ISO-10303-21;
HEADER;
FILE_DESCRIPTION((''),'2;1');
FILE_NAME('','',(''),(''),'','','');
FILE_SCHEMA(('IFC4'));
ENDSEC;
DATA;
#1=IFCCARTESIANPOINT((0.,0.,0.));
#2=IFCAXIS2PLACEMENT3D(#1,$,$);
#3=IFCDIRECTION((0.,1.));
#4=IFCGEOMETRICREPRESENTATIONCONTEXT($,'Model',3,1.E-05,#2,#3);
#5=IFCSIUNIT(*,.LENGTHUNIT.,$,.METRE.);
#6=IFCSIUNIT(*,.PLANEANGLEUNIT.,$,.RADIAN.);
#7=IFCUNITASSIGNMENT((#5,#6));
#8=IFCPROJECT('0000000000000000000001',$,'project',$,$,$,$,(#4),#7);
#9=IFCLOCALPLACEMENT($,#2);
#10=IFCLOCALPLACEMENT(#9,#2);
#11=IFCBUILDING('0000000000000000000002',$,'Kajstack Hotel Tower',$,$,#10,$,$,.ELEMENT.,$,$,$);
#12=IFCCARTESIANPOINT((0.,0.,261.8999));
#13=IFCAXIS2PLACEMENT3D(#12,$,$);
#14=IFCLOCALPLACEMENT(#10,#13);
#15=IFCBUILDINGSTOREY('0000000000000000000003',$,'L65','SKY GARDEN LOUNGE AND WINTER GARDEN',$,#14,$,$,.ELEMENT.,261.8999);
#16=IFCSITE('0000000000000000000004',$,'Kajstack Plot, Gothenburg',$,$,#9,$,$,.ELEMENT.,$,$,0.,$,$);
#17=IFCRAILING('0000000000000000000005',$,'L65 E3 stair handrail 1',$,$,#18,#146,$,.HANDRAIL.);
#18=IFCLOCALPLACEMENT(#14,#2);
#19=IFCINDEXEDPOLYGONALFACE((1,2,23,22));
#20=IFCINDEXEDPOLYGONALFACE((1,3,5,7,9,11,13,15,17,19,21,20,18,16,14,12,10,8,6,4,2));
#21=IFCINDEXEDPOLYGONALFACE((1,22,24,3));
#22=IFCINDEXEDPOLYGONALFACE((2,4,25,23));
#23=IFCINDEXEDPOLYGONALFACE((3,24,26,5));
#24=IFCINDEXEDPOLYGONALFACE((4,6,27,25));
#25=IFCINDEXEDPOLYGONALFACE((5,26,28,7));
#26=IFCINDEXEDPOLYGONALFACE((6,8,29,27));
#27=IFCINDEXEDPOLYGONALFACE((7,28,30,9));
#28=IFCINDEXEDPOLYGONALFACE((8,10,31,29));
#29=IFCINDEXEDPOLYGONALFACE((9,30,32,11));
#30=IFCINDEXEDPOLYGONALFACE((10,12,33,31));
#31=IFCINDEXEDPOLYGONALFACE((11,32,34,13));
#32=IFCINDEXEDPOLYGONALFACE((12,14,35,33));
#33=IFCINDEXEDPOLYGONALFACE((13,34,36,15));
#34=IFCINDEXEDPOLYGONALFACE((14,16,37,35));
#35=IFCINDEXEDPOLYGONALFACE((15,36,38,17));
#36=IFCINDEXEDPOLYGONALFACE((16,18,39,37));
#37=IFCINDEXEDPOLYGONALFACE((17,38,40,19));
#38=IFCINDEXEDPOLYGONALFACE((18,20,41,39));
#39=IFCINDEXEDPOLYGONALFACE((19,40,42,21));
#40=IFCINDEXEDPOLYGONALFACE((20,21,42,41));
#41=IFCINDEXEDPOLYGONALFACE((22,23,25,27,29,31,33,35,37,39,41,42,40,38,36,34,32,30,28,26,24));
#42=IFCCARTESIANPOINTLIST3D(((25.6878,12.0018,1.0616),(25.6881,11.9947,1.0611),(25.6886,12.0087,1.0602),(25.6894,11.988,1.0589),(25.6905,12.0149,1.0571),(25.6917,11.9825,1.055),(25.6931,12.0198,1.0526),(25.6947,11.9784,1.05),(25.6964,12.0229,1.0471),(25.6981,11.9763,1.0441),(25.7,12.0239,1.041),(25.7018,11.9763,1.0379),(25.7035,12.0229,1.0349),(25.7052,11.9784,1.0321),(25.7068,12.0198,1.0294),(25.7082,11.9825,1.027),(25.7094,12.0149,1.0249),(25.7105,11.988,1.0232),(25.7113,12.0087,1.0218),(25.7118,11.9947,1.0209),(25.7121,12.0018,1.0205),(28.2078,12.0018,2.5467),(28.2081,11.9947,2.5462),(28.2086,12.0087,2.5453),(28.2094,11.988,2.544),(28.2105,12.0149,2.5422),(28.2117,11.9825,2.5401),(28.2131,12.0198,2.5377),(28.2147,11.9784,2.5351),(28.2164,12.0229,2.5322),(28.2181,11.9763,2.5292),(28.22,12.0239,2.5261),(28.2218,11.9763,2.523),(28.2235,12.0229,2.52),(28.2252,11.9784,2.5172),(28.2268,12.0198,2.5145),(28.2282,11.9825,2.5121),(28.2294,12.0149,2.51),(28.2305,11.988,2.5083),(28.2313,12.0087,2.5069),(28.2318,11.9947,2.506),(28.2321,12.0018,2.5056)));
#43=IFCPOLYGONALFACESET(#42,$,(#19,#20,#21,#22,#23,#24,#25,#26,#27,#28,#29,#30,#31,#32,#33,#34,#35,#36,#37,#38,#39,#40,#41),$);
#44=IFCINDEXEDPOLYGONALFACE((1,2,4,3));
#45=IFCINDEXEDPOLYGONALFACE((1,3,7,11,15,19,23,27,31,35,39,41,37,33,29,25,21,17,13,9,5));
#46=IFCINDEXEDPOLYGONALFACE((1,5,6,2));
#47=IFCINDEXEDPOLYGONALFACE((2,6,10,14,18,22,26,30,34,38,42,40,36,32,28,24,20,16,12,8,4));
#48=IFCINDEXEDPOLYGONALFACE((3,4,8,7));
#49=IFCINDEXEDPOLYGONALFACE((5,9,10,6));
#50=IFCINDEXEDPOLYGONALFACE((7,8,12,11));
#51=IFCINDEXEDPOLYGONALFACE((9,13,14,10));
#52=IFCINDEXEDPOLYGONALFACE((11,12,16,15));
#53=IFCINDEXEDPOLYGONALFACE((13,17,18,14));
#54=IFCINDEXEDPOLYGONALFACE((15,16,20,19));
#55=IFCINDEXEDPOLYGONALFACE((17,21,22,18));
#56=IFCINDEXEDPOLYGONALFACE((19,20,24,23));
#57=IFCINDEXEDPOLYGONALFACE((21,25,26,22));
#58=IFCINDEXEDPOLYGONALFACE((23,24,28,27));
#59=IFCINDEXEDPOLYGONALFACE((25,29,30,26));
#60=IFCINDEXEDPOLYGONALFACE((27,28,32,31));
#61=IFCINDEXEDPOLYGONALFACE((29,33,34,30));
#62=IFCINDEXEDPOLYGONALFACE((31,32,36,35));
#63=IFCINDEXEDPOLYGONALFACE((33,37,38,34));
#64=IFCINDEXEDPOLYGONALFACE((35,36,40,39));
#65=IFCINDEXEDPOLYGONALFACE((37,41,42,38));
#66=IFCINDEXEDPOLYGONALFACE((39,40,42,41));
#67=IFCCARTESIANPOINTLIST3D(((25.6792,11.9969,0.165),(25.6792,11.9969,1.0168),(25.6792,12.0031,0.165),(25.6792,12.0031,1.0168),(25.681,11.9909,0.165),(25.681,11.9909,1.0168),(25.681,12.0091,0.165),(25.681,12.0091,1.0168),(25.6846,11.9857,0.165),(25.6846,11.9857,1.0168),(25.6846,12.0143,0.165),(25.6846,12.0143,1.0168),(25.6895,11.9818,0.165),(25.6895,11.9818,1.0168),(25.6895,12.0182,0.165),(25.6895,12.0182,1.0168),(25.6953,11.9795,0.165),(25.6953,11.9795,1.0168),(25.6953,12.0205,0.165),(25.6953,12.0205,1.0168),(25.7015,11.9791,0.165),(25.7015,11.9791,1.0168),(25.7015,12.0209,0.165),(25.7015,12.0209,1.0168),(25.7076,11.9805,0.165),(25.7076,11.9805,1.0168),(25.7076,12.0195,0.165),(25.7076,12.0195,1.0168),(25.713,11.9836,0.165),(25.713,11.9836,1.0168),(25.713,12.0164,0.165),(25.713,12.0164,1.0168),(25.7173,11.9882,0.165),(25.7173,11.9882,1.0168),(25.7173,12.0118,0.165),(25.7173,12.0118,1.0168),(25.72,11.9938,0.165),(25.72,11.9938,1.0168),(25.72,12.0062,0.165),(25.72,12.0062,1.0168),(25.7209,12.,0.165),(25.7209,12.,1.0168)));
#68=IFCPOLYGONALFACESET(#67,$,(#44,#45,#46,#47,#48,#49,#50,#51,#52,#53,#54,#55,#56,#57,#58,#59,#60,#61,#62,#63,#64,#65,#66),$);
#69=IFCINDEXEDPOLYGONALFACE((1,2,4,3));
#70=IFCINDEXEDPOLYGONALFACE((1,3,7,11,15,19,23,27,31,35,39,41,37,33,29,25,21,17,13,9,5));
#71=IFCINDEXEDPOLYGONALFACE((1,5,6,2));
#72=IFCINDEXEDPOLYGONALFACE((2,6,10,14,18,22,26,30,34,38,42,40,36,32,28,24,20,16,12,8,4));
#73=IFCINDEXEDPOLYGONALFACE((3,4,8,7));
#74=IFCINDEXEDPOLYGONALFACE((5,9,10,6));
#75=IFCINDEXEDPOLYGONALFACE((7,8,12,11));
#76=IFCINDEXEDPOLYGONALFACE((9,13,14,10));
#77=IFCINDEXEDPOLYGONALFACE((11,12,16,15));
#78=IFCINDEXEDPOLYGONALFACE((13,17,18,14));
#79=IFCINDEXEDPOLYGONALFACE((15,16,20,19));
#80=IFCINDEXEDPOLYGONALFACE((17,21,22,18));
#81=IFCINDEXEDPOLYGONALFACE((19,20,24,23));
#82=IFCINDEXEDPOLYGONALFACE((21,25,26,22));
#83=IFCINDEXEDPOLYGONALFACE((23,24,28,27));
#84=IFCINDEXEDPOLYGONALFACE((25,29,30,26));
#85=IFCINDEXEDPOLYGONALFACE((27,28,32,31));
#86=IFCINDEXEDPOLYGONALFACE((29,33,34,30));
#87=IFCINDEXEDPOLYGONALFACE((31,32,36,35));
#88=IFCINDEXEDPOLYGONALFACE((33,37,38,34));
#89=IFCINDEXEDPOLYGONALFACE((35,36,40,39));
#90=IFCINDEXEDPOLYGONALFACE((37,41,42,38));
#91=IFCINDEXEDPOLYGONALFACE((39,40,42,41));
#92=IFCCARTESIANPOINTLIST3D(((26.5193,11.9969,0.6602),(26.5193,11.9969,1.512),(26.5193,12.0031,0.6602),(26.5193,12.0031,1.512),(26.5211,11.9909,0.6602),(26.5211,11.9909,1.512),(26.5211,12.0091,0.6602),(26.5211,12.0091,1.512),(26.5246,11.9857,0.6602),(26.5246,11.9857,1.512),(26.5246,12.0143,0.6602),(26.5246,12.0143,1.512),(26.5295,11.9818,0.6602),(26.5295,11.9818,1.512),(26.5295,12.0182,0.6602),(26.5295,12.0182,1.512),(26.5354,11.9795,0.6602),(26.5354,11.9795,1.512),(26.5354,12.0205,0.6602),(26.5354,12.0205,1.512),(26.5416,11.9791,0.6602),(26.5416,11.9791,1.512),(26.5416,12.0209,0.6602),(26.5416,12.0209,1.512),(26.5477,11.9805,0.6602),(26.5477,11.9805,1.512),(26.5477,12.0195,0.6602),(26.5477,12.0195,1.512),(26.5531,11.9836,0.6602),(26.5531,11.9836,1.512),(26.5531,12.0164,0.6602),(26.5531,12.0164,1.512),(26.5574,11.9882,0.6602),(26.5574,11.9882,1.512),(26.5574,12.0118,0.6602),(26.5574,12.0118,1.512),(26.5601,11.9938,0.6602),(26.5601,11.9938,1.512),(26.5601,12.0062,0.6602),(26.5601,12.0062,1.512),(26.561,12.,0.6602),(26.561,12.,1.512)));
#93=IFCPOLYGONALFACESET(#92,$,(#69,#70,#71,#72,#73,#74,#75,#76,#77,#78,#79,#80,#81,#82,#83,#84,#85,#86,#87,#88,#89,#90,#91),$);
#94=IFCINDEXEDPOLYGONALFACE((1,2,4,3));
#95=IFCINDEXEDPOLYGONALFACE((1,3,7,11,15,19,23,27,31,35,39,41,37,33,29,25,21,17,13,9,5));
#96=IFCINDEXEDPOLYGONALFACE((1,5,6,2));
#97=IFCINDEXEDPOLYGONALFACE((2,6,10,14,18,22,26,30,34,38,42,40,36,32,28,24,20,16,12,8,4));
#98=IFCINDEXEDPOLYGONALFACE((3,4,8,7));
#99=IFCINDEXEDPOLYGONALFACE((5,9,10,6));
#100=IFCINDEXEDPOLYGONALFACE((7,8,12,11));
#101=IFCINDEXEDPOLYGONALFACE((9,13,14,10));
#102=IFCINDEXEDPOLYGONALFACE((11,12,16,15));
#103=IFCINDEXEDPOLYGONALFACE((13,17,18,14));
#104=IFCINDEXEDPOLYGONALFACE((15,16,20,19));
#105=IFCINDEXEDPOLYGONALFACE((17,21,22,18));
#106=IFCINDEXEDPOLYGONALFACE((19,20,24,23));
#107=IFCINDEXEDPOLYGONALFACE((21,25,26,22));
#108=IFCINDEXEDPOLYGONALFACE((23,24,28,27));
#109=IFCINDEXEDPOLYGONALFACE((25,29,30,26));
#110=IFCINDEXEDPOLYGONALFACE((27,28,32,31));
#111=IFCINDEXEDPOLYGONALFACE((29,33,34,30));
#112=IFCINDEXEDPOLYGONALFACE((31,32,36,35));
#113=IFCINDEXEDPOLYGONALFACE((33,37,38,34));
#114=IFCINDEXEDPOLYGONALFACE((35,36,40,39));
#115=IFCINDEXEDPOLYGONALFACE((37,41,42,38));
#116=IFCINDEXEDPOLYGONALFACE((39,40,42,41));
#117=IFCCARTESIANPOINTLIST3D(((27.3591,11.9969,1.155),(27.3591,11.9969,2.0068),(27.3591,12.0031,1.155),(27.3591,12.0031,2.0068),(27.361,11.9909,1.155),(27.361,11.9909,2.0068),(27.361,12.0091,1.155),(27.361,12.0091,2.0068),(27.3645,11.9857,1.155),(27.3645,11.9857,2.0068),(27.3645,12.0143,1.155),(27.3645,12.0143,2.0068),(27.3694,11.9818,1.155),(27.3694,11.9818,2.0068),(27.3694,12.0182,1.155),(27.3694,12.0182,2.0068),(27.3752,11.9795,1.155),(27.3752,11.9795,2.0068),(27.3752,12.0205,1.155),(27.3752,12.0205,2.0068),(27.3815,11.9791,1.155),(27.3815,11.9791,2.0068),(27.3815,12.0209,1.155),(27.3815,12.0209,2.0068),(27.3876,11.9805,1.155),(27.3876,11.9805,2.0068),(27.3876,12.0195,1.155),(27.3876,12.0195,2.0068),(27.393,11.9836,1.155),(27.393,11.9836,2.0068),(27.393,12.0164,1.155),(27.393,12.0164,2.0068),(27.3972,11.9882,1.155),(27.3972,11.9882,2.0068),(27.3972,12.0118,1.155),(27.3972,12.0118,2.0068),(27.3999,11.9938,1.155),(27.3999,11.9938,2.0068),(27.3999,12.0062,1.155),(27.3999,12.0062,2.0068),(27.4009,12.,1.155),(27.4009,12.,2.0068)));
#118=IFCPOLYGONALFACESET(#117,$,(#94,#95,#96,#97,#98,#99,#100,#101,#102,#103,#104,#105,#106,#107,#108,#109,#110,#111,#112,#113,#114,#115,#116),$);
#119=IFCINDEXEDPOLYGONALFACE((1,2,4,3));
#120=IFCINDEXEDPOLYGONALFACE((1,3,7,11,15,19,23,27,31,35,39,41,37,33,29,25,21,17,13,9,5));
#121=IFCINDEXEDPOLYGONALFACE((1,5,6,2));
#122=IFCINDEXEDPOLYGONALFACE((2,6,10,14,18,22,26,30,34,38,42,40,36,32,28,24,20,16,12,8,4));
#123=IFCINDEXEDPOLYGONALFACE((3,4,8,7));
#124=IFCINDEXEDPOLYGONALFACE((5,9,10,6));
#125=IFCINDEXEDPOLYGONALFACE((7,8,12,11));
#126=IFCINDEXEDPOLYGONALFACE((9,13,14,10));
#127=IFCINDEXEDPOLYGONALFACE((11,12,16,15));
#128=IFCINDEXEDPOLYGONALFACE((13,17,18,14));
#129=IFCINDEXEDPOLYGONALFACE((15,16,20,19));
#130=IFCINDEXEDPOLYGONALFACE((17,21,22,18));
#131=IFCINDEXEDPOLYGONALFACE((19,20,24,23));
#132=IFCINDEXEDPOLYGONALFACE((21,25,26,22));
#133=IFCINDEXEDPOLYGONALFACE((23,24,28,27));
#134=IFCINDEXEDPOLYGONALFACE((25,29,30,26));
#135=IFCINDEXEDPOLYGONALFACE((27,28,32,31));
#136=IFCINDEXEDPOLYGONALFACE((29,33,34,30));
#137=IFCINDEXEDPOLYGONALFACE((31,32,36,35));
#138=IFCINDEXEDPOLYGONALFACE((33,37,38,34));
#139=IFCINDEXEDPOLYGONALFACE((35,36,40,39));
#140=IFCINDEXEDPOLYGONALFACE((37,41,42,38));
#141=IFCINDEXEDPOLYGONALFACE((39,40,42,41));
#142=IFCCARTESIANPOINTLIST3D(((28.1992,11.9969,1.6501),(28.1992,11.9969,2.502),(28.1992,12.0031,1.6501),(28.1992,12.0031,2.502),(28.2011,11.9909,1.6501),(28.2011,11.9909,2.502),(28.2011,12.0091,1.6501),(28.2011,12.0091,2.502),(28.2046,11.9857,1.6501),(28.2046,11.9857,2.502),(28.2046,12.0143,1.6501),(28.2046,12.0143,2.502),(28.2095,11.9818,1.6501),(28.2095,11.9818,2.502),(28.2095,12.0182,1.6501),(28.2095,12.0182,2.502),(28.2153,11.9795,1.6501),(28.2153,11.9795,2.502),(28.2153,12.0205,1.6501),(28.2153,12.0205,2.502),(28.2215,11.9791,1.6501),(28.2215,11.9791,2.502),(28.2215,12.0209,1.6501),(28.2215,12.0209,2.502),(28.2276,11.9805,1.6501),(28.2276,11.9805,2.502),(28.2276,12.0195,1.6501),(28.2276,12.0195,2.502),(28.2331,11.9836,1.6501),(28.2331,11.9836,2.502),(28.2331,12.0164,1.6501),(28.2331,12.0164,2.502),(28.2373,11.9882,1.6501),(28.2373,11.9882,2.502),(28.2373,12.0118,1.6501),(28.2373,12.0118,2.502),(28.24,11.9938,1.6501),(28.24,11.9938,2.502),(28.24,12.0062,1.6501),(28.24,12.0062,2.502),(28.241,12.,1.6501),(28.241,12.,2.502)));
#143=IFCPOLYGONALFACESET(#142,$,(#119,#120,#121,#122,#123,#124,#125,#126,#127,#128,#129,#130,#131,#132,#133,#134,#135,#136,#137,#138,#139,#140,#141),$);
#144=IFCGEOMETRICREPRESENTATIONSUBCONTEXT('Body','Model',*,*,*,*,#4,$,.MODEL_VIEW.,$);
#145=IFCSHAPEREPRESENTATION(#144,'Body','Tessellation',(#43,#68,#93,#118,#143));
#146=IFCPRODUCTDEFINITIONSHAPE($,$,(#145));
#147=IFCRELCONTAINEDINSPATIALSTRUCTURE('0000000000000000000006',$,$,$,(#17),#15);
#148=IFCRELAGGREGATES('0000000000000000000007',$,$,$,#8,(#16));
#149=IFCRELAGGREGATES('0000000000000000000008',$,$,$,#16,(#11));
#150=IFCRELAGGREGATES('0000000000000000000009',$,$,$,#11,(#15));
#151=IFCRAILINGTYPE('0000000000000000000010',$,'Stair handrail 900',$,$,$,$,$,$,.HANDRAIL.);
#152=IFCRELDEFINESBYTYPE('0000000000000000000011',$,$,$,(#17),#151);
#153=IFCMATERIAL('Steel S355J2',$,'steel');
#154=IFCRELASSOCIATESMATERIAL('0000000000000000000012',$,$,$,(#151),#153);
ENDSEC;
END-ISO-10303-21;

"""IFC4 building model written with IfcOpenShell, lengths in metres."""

from ifc_helpers import new_model, si_unit, direction, frame, origin, origin_2d, place, context, subcontext, project, spatial, circle, extrude, material, type_object, element, save


model = new_model("IFC4")

# Units and contexts
model_context = context("Model", 3, precision=1e-05, world=origin(), true_north=direction((0.0, 1.0)))
body_context = subcontext(model_context, "Body", "Model", "MODEL_VIEW")
ifc_project = project(units=[si_unit("LENGTHUNIT", "METRE"), si_unit("PLANEANGLEUNIT", "RADIAN")], contexts=[model_context])

# Site, building, storey
site_placement = place(None, origin())
site = spatial("IfcSite", under=ifc_project, at=site_placement, Name="Kajstack Plot, Gothenburg", CompositionType="ELEMENT", RefElevation=0.0)
building_placement = place(site_placement, origin())
building = spatial("IfcBuilding", under=site, at=building_placement, Name="Kajstack Hotel Tower", CompositionType="ELEMENT")
storey_placement = place(building_placement, frame((0.0, 0.0, 261.8999)))
storey = spatial("IfcBuildingStorey", under=building, at=storey_placement, Name="L65", Description="SKY GARDEN LOUNGE AND WINTER GARDEN", CompositionType="ELEMENT", Elevation=261.8999)

# Railing
ifc_material_1 = material(Name="Steel S355J2", Category="steel")
railing_type_1 = type_object("IfcRailingType", Name="Stair handrail 900", PredefinedType="HANDRAIL", material=ifc_material_1)
for number, where, name in (
    (1, (25.7, 12.0, 0.165), "L65 E3 stair handrail 1"),
):
    element("IfcRailing", number, at=place(storey_placement, frame(where)), inside=storey, type_object=railing_type_1, Name=name, PredefinedType="HANDRAIL", context=body_context, shape_type="SweptSolid", body=[
        extrude(circle(Radius=0.0239, at=origin_2d()), frame((0.0, 0.0, 0.876), z_axis=(0.861524, 0.0, 0.507717), x_axis=(0.0, 1.0, 0.0)), (0.0, 0.0, 1.0), 2.925),
        extrude(circle(Radius=0.021, at=origin_2d()), origin(), (0.0, 0.0, 1.0), 0.8518),
        extrude(circle(Radius=0.021, at=origin_2d()), frame((0.8401, 0.0, 0.4951)), (0.0, 0.0, 1.0), 0.8518),
        extrude(circle(Radius=0.021, at=origin_2d()), frame((1.6799, 0.0, 0.99)), (0.0, 0.0, 1.0), 0.8518),
        extrude(circle(Radius=0.021, at=origin_2d()), frame((2.52, 0.0, 1.4851)), (0.0, 0.0, 1.0), 0.8518),
    ])

save(model, "model.ifc")
